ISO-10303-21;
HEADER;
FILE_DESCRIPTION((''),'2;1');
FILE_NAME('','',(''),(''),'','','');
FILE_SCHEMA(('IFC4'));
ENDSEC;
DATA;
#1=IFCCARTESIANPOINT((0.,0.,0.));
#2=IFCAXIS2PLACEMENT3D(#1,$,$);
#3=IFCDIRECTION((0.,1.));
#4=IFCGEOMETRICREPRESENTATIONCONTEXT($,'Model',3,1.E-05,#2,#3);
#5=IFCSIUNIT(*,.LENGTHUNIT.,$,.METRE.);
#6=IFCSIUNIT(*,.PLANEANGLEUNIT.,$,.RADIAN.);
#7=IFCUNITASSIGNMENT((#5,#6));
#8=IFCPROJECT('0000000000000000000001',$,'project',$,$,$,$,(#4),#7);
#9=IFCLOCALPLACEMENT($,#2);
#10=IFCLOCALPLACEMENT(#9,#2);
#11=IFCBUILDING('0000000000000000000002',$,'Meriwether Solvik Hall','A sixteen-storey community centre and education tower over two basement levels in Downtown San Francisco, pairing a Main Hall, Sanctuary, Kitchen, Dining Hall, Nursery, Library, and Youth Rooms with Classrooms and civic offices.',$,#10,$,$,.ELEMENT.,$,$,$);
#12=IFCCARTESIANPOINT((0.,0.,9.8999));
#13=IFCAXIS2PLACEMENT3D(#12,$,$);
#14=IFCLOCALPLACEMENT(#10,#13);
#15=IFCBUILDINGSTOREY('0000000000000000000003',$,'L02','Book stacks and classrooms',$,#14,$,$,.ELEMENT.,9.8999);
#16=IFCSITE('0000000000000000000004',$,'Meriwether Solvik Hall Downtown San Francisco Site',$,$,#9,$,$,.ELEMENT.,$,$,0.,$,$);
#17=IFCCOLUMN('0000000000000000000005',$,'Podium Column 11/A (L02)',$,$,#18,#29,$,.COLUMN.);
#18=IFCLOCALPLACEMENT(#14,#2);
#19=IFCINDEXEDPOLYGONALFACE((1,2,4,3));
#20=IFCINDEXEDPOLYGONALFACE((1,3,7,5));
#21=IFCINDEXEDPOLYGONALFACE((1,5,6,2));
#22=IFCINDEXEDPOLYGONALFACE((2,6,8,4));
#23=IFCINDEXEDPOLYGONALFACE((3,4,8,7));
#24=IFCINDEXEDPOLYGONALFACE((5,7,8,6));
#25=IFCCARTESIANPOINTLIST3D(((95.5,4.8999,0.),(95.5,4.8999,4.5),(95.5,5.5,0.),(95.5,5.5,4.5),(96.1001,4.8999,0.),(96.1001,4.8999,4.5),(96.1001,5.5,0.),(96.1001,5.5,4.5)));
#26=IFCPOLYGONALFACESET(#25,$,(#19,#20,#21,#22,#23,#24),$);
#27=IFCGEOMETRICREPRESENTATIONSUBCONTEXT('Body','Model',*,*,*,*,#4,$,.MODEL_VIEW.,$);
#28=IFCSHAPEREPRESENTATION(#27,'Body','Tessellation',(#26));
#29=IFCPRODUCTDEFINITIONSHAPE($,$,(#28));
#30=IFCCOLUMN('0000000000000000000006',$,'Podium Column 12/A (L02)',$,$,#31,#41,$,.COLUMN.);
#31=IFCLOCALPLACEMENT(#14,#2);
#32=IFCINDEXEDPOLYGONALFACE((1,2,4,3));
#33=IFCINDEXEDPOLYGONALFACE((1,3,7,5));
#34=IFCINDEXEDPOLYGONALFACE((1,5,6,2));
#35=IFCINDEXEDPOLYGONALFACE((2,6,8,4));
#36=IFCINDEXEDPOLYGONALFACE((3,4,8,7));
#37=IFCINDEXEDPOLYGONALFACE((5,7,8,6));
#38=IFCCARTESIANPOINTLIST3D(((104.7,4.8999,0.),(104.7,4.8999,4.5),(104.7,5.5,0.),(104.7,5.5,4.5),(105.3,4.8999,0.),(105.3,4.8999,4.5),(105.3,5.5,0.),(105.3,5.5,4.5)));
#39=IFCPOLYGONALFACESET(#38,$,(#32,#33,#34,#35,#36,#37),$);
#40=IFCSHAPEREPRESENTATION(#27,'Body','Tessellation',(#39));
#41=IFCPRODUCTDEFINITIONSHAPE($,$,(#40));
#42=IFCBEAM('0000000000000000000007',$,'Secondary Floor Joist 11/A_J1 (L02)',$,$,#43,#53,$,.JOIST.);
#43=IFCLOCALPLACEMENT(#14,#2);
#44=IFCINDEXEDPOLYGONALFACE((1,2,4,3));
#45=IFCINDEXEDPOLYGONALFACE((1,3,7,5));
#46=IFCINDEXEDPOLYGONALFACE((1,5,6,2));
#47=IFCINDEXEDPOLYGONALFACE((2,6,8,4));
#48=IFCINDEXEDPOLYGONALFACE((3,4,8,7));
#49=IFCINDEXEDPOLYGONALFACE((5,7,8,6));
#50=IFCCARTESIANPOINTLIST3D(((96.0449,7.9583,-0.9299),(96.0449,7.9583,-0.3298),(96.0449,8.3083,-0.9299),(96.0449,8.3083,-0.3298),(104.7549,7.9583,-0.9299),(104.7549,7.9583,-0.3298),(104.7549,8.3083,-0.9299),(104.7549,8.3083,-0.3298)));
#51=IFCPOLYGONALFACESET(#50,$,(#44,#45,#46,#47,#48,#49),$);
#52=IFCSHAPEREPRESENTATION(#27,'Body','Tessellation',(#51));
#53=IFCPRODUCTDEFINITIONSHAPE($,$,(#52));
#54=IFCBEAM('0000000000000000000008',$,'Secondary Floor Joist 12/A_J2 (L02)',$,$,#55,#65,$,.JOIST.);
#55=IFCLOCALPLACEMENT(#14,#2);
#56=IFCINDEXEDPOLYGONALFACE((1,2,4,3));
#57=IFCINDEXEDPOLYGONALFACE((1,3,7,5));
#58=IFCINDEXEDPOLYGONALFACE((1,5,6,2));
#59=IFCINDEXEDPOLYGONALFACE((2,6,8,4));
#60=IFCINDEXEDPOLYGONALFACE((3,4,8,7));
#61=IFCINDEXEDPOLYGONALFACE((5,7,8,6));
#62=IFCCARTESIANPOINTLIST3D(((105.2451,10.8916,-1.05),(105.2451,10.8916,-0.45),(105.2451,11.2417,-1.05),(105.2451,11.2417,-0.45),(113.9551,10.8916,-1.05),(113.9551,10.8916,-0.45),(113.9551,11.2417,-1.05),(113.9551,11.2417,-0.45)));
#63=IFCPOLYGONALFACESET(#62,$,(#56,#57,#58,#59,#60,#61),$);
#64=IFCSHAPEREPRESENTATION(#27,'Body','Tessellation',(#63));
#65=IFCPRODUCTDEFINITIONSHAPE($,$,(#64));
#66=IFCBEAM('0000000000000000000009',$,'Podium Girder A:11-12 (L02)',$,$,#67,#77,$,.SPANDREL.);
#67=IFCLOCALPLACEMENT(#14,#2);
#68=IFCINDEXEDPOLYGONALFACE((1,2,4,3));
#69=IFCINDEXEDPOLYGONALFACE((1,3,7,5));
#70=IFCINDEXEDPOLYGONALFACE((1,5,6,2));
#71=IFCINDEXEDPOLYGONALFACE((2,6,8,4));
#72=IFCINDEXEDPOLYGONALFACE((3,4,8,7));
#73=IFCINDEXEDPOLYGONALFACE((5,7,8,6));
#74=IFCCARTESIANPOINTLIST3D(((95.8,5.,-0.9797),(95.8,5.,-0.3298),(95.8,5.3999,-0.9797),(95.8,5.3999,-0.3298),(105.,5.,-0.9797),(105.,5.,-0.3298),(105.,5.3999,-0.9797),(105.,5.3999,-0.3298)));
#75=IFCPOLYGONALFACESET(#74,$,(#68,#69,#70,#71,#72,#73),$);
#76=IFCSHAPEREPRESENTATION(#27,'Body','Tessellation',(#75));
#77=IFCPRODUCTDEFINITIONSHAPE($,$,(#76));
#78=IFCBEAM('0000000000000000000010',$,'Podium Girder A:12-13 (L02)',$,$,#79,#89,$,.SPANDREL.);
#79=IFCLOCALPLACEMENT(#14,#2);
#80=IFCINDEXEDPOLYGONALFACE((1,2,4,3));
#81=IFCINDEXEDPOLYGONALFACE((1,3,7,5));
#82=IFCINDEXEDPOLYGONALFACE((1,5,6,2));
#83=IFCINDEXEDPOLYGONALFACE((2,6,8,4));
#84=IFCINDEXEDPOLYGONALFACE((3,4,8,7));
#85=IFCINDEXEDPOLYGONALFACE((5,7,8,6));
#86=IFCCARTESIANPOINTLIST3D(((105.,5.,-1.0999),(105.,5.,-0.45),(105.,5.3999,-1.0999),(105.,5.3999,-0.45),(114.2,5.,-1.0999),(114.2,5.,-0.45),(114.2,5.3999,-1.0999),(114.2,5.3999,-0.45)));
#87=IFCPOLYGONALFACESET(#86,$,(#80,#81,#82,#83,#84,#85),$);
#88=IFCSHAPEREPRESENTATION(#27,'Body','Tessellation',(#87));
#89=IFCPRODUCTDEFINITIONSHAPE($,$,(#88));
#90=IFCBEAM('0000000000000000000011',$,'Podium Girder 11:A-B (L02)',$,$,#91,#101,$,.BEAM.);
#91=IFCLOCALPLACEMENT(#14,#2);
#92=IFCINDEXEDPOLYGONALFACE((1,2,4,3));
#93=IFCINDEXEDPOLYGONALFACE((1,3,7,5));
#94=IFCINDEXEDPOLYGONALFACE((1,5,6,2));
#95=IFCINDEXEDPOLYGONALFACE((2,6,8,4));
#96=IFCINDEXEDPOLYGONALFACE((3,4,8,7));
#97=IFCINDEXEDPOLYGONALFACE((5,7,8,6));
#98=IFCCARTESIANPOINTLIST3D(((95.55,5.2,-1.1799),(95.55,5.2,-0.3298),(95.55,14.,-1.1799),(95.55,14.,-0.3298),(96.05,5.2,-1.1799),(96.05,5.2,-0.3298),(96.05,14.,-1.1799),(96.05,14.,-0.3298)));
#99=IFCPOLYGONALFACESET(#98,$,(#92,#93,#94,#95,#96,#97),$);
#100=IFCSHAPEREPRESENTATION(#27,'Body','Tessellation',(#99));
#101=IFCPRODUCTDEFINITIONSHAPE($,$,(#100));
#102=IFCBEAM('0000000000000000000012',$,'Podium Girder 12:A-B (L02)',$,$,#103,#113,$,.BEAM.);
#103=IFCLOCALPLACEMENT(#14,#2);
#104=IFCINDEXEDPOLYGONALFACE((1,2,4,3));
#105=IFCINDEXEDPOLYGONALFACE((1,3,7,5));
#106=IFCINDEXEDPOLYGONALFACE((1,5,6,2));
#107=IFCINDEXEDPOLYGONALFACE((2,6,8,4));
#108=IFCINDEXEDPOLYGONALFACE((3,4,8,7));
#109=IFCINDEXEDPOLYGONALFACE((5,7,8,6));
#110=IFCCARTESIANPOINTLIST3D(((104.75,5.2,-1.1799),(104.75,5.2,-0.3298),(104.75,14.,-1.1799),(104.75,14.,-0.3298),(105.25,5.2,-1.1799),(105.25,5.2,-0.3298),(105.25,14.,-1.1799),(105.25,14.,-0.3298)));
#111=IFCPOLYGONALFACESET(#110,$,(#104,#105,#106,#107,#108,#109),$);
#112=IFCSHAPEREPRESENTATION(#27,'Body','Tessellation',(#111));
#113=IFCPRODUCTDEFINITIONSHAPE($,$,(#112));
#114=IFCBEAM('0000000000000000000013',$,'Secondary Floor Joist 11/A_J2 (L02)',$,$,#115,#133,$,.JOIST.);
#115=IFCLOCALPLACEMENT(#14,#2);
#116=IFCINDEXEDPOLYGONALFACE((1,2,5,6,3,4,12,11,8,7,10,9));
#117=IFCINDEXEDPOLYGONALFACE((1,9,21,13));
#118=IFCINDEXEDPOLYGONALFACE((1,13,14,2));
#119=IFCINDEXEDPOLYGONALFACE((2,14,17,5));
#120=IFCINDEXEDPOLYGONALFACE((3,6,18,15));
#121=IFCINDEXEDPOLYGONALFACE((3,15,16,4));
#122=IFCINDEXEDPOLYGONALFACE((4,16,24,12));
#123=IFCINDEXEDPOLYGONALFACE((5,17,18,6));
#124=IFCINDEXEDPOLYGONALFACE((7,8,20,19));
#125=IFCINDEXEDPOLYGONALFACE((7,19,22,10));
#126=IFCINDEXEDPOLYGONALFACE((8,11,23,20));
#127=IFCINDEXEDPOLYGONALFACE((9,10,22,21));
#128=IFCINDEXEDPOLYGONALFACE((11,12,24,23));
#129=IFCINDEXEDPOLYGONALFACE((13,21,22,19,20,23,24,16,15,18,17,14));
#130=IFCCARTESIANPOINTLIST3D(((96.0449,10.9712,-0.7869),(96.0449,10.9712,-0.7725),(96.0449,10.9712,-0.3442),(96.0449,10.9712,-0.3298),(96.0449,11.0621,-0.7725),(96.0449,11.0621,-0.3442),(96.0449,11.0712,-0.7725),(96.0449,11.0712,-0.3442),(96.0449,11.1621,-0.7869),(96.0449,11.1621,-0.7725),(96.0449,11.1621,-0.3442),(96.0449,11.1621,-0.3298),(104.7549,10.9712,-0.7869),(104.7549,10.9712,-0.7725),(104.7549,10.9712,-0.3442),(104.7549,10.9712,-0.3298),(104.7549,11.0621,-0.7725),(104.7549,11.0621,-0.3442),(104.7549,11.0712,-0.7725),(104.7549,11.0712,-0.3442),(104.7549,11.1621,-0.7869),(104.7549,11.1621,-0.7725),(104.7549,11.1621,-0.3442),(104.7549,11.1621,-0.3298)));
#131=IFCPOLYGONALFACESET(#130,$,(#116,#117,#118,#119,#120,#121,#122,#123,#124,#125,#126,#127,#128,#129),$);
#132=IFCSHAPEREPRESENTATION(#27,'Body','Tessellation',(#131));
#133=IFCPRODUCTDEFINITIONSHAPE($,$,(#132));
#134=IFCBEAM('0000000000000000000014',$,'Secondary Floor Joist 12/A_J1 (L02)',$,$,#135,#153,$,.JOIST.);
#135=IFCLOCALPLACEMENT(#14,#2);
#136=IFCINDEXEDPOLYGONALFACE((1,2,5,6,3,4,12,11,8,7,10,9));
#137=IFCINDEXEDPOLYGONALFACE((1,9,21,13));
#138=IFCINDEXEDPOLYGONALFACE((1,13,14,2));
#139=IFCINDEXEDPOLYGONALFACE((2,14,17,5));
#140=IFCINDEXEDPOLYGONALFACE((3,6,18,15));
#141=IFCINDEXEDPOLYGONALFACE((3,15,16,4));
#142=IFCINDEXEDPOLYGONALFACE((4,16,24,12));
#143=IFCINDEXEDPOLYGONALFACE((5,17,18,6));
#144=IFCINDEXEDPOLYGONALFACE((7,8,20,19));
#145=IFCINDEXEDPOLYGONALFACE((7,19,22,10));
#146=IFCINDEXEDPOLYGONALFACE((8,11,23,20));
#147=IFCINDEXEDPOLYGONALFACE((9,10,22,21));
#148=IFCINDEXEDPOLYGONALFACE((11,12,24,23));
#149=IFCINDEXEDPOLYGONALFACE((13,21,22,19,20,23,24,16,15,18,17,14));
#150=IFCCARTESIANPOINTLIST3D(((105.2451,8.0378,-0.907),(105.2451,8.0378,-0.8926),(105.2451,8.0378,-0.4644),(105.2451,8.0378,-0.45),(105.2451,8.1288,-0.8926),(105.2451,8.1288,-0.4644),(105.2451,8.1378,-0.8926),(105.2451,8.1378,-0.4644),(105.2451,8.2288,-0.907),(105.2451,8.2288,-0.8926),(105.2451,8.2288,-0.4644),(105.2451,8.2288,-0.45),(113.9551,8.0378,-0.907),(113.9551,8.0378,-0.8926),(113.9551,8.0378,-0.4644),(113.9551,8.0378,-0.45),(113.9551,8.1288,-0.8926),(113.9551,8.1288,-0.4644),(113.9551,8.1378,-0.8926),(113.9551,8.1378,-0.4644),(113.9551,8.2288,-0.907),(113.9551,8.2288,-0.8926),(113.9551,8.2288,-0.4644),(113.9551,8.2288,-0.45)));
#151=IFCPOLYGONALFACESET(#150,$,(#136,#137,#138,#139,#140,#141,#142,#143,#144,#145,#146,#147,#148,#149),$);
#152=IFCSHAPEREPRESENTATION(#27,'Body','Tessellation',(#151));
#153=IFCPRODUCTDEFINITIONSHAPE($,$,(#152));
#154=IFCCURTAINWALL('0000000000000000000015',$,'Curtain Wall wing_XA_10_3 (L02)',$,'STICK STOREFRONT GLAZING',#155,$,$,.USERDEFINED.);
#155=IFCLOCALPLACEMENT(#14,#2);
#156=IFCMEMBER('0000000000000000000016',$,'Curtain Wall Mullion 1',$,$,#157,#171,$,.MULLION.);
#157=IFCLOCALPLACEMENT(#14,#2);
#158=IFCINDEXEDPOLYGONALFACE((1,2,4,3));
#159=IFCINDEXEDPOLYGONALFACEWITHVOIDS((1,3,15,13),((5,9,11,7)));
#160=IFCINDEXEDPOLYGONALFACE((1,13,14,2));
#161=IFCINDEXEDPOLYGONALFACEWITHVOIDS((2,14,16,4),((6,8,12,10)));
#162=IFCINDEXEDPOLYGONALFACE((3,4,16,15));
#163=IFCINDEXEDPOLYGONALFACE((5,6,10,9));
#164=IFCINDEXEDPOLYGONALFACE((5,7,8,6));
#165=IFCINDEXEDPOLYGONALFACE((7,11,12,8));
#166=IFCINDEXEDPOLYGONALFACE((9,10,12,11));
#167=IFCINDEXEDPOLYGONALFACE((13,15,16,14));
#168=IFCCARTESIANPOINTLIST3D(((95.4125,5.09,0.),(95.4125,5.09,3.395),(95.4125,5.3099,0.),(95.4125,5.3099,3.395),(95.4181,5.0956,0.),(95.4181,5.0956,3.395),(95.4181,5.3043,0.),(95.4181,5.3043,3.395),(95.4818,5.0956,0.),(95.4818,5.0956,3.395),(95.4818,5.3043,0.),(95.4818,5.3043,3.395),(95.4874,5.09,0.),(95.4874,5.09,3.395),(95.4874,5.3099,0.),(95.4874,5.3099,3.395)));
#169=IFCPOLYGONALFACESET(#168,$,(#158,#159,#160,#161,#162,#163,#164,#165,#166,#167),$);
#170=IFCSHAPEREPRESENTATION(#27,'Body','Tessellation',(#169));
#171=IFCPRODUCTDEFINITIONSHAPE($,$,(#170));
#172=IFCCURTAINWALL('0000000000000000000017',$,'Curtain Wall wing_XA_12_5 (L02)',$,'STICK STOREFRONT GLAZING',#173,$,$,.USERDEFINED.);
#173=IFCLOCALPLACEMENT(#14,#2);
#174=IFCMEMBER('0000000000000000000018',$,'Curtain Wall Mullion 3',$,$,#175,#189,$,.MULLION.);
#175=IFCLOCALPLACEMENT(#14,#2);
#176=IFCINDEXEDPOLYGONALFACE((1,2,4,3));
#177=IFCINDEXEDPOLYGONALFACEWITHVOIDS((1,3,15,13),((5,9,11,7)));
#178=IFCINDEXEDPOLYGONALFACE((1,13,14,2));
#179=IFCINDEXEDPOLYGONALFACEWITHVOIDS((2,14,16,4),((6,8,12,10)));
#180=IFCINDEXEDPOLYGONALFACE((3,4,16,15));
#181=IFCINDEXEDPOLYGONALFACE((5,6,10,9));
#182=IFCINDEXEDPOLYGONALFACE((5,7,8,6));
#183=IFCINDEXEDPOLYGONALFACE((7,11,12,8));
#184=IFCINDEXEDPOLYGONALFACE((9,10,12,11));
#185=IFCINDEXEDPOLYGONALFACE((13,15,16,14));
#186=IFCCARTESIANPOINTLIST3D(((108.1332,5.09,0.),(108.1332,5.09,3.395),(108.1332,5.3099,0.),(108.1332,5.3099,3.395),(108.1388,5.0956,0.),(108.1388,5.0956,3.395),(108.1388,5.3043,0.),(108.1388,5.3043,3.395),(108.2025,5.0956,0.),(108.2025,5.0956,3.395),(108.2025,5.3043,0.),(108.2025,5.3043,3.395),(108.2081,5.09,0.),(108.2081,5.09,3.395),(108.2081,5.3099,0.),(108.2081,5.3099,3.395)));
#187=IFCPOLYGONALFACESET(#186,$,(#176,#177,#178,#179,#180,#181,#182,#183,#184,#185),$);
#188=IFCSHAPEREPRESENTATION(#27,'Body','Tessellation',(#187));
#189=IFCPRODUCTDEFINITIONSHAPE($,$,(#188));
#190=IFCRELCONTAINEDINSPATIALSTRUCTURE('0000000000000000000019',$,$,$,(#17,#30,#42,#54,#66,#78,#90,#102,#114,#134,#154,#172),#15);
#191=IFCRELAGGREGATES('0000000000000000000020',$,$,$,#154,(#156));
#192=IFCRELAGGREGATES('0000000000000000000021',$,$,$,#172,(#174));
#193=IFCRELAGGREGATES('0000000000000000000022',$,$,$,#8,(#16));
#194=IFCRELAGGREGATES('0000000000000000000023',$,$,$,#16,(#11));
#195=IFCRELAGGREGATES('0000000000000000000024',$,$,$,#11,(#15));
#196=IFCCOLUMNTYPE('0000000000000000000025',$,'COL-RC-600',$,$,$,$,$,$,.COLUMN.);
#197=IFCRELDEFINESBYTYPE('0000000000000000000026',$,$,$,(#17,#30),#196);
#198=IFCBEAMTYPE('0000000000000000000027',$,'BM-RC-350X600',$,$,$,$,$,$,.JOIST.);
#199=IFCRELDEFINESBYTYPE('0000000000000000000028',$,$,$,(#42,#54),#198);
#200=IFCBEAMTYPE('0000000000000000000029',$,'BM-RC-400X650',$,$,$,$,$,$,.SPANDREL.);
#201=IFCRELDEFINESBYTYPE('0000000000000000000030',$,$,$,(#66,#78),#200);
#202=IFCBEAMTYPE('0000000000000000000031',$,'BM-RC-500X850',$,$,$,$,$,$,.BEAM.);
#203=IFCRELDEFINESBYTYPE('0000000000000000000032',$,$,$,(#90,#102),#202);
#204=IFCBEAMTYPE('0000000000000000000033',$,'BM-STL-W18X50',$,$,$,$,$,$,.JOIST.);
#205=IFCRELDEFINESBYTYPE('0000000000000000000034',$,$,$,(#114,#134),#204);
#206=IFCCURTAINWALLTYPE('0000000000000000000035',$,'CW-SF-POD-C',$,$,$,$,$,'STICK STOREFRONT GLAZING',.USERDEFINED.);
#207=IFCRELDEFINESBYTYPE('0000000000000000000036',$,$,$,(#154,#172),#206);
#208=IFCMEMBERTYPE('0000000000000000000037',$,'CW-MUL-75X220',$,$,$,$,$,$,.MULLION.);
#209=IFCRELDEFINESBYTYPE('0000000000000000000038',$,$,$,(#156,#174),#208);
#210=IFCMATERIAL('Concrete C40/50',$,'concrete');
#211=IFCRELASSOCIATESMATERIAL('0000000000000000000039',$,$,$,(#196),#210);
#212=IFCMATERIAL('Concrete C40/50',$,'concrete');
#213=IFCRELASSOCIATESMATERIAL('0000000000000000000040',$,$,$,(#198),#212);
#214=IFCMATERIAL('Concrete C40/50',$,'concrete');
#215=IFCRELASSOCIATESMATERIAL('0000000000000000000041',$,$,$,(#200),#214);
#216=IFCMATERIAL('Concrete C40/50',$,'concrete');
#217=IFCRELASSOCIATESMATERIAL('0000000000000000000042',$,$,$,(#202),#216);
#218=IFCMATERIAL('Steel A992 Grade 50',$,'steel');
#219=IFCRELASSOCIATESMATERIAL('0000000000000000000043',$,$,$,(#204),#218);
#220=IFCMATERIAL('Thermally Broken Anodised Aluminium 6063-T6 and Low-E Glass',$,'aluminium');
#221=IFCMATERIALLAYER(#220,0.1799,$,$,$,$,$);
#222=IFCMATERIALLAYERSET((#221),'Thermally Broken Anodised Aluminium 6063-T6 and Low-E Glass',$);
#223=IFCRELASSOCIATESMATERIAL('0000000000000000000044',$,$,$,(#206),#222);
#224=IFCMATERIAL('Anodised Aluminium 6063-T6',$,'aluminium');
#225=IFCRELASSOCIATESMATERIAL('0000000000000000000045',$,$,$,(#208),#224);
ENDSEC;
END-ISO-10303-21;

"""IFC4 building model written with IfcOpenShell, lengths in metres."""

from ifc_helpers import new_model, si_unit, direction, frame, origin, origin_2d, place, context, subcontext, project, spatial, rectangle, hollow_rectangle, i_section, extrude, material, layer, layer_set, material_profile, profile_set, type_object, element, aggregate, save


model = new_model("IFC4")

# Units and contexts
model_context = context("Model", 3, precision=1e-05, world=origin(), true_north=direction((0.0, 1.0)))
body_context = subcontext(model_context, "Body", "Model", "MODEL_VIEW")
ifc_project = project(units=[si_unit("LENGTHUNIT", "METRE"), si_unit("PLANEANGLEUNIT", "RADIAN")], contexts=[model_context])

# Site, building, storey
site_placement = place(None, origin())
site = spatial("IfcSite", under=ifc_project, at=site_placement, Name="Meriwether Solvik Hall Downtown San Francisco Site", CompositionType="ELEMENT", RefElevation=0.0)
building_placement = place(site_placement, origin())
building = spatial("IfcBuilding", under=site, at=building_placement, Name="Meriwether Solvik Hall", Description="A sixteen-storey community centre and education tower over two basement levels in Downtown San Francisco, pairing a Main Hall, Sanctuary, Kitchen, Dining Hall, Nursery, Library, and Youth Rooms with Classrooms and civic offices.", CompositionType="ELEMENT")
storey_placement = place(building_placement, frame((0.0, 0.0, 9.8999)))
storey = spatial("IfcBuildingStorey", under=building, at=storey_placement, Name="L02", Description="Book stacks and classrooms", CompositionType="ELEMENT", Elevation=9.8999)

# Columns
ifc_material_1 = material(Name="Concrete C40/50", Category="concrete")
ifc_material_profile_1 = material_profile(ifc_material_1, rectangle(XDim=0.6001, YDim=0.6001, at=origin_2d()), Name="RCC-600X600")
ifc_profile_set_1 = profile_set([ifc_material_profile_1], Name="Concrete C40/50")
column_type = type_object("IfcColumnType", Name="COL-RC-600", PredefinedType="COLUMN", material=ifc_profile_set_1)
for number, where, z_axis, x_axis, name in (
    (1, (95.8, 5.2, 0.0), (0.0, 0.0, 1.0), (1.0, 0.0, 0.0), "Podium Column 11/A (L02)"),
    (2, (105.0, 5.2, 0.0), (0.0, 0.0, 1.0), (1.0, 0.0, 0.0), "Podium Column 12/A (L02)"),
):
    element("IfcColumn", number, at=place(storey_placement, frame(where, z_axis=z_axis, x_axis=x_axis)), inside=storey, type_object=column_type, Name=name, PredefinedType="COLUMN", context=body_context, shape_type="SweptSolid", body=[
        extrude(rectangle(XDim=0.6001, YDim=0.6001, at=origin_2d()), origin(), (0.0, 0.0, 1.0), 4.5),
    ])

# Beams
ifc_material_2 = material(Name="Concrete C40/50", Category="concrete")
ifc_material_profile_2 = material_profile(ifc_material_2, rectangle(XDim=0.3501, YDim=0.6001, at=origin_2d()), Name="RCB-350X600")
ifc_profile_set_2 = profile_set([ifc_material_profile_2], Name="Concrete C40/50")
beam_type_1 = type_object("IfcBeamType", Name="BM-RC-350X600", PredefinedType="JOIST", material=ifc_profile_set_2)
for number, where, z_axis, x_axis, name in (
    (3, (96.0449, 8.1333, -0.6299), (1.0, 0.0, 0.0), (0.0, 1.0, 0.0), "Secondary Floor Joist 11/A_J1 (L02)"),
    (4, (105.2451, 11.0667, -0.75), (1.0, 0.0, 0.0), (0.0, 1.0, 0.0), "Secondary Floor Joist 12/A_J2 (L02)"),
):
    element("IfcBeam", number, at=place(storey_placement, frame(where, z_axis=z_axis, x_axis=x_axis)), inside=storey, type_object=beam_type_1, Name=name, PredefinedType="JOIST", context=body_context, shape_type="SweptSolid", body=[
        extrude(rectangle(XDim=0.3501, YDim=0.6001, at=origin_2d()), origin(), (0.0, 0.0, 1.0), 8.71),
    ])
ifc_material_3 = material(Name="Concrete C40/50", Category="concrete")
ifc_material_profile_3 = material_profile(ifc_material_3, rectangle(XDim=0.3999, YDim=0.6499, at=origin_2d()), Name="RCB-400X650")
ifc_profile_set_3 = profile_set([ifc_material_profile_3], Name="Concrete C40/50")
beam_type_2 = type_object("IfcBeamType", Name="BM-RC-400X650", PredefinedType="SPANDREL", material=ifc_profile_set_3)
for number, where, z_axis, x_axis, name in (
    (5, (95.8, 5.2, -0.6548), (1.0, 0.0, 0.0), (0.0, 1.0, 0.0), "Podium Girder A:11-12 (L02)"),
    (6, (105.0, 5.2, -0.7749), (1.0, 0.0, 0.0), (0.0, 1.0, 0.0), "Podium Girder A:12-13 (L02)"),
):
    element("IfcBeam", number, at=place(storey_placement, frame(where, z_axis=z_axis, x_axis=x_axis)), inside=storey, type_object=beam_type_2, Name=name, PredefinedType="SPANDREL", context=body_context, shape_type="SweptSolid", body=[
        extrude(rectangle(XDim=0.3999, YDim=0.6499, at=origin_2d()), origin(), (0.0, 0.0, 1.0), 9.2),
    ])
ifc_material_4 = material(Name="Concrete C40/50", Category="concrete")
ifc_material_profile_4 = material_profile(ifc_material_4, rectangle(XDim=0.5, YDim=0.8501, at=origin_2d()), Name="RCB-500X850")
ifc_profile_set_4 = profile_set([ifc_material_profile_4], Name="Concrete C40/50")
beam_type_3 = type_object("IfcBeamType", Name="BM-RC-500X850", PredefinedType="BEAM", material=ifc_profile_set_4)
for number, where, z_axis, x_axis, name in (
    (7, (95.8, 5.2, -0.7549), (0.0, 1.0, 0.0), (-1.0, 0.0, 0.0), "Podium Girder 11:A-B (L02)"),
    (8, (105.0, 5.2, -0.7549), (0.0, 1.0, 0.0), (-1.0, 0.0, 0.0), "Podium Girder 12:A-B (L02)"),
):
    element("IfcBeam", number, at=place(storey_placement, frame(where, z_axis=z_axis, x_axis=x_axis)), inside=storey, type_object=beam_type_3, Name=name, PredefinedType="BEAM", context=body_context, shape_type="SweptSolid", body=[
        extrude(rectangle(XDim=0.5, YDim=0.8501, at=origin_2d()), origin(), (0.0, 0.0, 1.0), 8.8),
    ])
ifc_material_5 = material(Name="Steel A992 Grade 50", Category="steel")
ifc_material_profile_5 = material_profile(ifc_material_5, i_section(OverallWidth=0.1909, OverallDepth=0.457, WebThickness=0.009, FlangeThickness=0.0144, at=origin_2d()), Name="W18X50")
ifc_profile_set_5 = profile_set([ifc_material_profile_5], Name="Steel A992 Grade 50")
beam_type_4 = type_object("IfcBeamType", Name="BM-STL-W18X50", PredefinedType="JOIST", material=ifc_profile_set_5)
for number, where, z_axis, x_axis, name in (
    (9, (96.0449, 11.0667, -0.5583), (1.0, 0.0, 0.0), (0.0, 1.0, 0.0), "Secondary Floor Joist 11/A_J2 (L02)"),
    (10, (105.2451, 8.1333, -0.6785), (1.0, 0.0, 0.0), (0.0, 1.0, 0.0), "Secondary Floor Joist 12/A_J1 (L02)"),
):
    element("IfcBeam", number, at=place(storey_placement, frame(where, z_axis=z_axis, x_axis=x_axis)), inside=storey, type_object=beam_type_4, Name=name, PredefinedType="JOIST", context=body_context, shape_type="SweptSolid", body=[
        extrude(i_section(OverallWidth=0.1909, OverallDepth=0.457, WebThickness=0.009, FlangeThickness=0.0144, at=origin_2d()), origin(), (0.0, 0.0, 1.0), 8.71),
    ])

# Curtain wall, member
ifc_material_6 = material(Name="Thermally Broken Anodised Aluminium 6063-T6 and Low-E Glass", Category="aluminium")
ifc_layer_1 = layer(ifc_material_6, 0.1799)
ifc_layer_set_1 = layer_set([ifc_layer_1], Name="Thermally Broken Anodised Aluminium 6063-T6 and Low-E Glass")
curtain_wall_type = type_object("IfcCurtainWallType", Name="CW-SF-POD-C", ElementType="STICK STOREFRONT GLAZING", PredefinedType="USERDEFINED", material=ifc_layer_set_1)
curtain_wall_1_placement = place(storey_placement, origin())
curtain_wall_1 = element("IfcCurtainWall", 11, at=curtain_wall_1_placement, inside=storey, type_object=curtain_wall_type, Name="Curtain Wall wing_XA_10_3 (L02)", ObjectType="STICK STOREFRONT GLAZING", PredefinedType="USERDEFINED")
ifc_material_7 = material(Name="Anodised Aluminium 6063-T6", Category="aluminium")
ifc_material_profile_6 = material_profile(ifc_material_7, hollow_rectangle(XDim=0.075, YDim=0.22, WallThickness=0.0056, at=origin_2d()), Name="CWM-75X220")
ifc_profile_set_6 = profile_set([ifc_material_profile_6], Name="Anodised Aluminium 6063-T6")
member_type_1 = type_object("IfcMemberType", Name="CW-MUL-75X220", PredefinedType="MULLION", material=ifc_profile_set_6)
member_1_placement = place(storey_placement, frame((95.45, 5.2, 0.0), z_axis=(0.0, 0.0, 1.0), x_axis=(-1.0, 0.0, 0.0)))
member_1 = element("IfcMember", 12, at=member_1_placement, type_object=member_type_1, Name="Curtain Wall Mullion 1", PredefinedType="MULLION", context=body_context, shape_type="SweptSolid", body=[
    extrude(hollow_rectangle(XDim=0.075, YDim=0.22, WallThickness=0.0056, at=origin_2d()), origin(), (0.0, 0.0, 1.0), 3.395),
])

# Curtain wall, member
curtain_wall_2_placement = place(storey_placement, origin())
curtain_wall_2 = element("IfcCurtainWall", 13, at=curtain_wall_2_placement, inside=storey, type_object=curtain_wall_type, Name="Curtain Wall wing_XA_12_5 (L02)", ObjectType="STICK STOREFRONT GLAZING", PredefinedType="USERDEFINED")
member_2_placement = place(storey_placement, frame((108.1707, 5.2, 0.0), z_axis=(0.0, 0.0, 1.0), x_axis=(-1.0, 0.0, 0.0)))
member_2 = element("IfcMember", 14, at=member_2_placement, type_object=member_type_1, Name="Curtain Wall Mullion 3", PredefinedType="MULLION", context=body_context, shape_type="SweptSolid", body=[
    extrude(hollow_rectangle(XDim=0.075, YDim=0.22, WallThickness=0.0056, at=origin_2d()), origin(), (0.0, 0.0, 1.0), 3.395),
])

aggregate(curtain_wall_1, [member_1])

aggregate(curtain_wall_2, [member_2])

save(model, "model.ifc")
